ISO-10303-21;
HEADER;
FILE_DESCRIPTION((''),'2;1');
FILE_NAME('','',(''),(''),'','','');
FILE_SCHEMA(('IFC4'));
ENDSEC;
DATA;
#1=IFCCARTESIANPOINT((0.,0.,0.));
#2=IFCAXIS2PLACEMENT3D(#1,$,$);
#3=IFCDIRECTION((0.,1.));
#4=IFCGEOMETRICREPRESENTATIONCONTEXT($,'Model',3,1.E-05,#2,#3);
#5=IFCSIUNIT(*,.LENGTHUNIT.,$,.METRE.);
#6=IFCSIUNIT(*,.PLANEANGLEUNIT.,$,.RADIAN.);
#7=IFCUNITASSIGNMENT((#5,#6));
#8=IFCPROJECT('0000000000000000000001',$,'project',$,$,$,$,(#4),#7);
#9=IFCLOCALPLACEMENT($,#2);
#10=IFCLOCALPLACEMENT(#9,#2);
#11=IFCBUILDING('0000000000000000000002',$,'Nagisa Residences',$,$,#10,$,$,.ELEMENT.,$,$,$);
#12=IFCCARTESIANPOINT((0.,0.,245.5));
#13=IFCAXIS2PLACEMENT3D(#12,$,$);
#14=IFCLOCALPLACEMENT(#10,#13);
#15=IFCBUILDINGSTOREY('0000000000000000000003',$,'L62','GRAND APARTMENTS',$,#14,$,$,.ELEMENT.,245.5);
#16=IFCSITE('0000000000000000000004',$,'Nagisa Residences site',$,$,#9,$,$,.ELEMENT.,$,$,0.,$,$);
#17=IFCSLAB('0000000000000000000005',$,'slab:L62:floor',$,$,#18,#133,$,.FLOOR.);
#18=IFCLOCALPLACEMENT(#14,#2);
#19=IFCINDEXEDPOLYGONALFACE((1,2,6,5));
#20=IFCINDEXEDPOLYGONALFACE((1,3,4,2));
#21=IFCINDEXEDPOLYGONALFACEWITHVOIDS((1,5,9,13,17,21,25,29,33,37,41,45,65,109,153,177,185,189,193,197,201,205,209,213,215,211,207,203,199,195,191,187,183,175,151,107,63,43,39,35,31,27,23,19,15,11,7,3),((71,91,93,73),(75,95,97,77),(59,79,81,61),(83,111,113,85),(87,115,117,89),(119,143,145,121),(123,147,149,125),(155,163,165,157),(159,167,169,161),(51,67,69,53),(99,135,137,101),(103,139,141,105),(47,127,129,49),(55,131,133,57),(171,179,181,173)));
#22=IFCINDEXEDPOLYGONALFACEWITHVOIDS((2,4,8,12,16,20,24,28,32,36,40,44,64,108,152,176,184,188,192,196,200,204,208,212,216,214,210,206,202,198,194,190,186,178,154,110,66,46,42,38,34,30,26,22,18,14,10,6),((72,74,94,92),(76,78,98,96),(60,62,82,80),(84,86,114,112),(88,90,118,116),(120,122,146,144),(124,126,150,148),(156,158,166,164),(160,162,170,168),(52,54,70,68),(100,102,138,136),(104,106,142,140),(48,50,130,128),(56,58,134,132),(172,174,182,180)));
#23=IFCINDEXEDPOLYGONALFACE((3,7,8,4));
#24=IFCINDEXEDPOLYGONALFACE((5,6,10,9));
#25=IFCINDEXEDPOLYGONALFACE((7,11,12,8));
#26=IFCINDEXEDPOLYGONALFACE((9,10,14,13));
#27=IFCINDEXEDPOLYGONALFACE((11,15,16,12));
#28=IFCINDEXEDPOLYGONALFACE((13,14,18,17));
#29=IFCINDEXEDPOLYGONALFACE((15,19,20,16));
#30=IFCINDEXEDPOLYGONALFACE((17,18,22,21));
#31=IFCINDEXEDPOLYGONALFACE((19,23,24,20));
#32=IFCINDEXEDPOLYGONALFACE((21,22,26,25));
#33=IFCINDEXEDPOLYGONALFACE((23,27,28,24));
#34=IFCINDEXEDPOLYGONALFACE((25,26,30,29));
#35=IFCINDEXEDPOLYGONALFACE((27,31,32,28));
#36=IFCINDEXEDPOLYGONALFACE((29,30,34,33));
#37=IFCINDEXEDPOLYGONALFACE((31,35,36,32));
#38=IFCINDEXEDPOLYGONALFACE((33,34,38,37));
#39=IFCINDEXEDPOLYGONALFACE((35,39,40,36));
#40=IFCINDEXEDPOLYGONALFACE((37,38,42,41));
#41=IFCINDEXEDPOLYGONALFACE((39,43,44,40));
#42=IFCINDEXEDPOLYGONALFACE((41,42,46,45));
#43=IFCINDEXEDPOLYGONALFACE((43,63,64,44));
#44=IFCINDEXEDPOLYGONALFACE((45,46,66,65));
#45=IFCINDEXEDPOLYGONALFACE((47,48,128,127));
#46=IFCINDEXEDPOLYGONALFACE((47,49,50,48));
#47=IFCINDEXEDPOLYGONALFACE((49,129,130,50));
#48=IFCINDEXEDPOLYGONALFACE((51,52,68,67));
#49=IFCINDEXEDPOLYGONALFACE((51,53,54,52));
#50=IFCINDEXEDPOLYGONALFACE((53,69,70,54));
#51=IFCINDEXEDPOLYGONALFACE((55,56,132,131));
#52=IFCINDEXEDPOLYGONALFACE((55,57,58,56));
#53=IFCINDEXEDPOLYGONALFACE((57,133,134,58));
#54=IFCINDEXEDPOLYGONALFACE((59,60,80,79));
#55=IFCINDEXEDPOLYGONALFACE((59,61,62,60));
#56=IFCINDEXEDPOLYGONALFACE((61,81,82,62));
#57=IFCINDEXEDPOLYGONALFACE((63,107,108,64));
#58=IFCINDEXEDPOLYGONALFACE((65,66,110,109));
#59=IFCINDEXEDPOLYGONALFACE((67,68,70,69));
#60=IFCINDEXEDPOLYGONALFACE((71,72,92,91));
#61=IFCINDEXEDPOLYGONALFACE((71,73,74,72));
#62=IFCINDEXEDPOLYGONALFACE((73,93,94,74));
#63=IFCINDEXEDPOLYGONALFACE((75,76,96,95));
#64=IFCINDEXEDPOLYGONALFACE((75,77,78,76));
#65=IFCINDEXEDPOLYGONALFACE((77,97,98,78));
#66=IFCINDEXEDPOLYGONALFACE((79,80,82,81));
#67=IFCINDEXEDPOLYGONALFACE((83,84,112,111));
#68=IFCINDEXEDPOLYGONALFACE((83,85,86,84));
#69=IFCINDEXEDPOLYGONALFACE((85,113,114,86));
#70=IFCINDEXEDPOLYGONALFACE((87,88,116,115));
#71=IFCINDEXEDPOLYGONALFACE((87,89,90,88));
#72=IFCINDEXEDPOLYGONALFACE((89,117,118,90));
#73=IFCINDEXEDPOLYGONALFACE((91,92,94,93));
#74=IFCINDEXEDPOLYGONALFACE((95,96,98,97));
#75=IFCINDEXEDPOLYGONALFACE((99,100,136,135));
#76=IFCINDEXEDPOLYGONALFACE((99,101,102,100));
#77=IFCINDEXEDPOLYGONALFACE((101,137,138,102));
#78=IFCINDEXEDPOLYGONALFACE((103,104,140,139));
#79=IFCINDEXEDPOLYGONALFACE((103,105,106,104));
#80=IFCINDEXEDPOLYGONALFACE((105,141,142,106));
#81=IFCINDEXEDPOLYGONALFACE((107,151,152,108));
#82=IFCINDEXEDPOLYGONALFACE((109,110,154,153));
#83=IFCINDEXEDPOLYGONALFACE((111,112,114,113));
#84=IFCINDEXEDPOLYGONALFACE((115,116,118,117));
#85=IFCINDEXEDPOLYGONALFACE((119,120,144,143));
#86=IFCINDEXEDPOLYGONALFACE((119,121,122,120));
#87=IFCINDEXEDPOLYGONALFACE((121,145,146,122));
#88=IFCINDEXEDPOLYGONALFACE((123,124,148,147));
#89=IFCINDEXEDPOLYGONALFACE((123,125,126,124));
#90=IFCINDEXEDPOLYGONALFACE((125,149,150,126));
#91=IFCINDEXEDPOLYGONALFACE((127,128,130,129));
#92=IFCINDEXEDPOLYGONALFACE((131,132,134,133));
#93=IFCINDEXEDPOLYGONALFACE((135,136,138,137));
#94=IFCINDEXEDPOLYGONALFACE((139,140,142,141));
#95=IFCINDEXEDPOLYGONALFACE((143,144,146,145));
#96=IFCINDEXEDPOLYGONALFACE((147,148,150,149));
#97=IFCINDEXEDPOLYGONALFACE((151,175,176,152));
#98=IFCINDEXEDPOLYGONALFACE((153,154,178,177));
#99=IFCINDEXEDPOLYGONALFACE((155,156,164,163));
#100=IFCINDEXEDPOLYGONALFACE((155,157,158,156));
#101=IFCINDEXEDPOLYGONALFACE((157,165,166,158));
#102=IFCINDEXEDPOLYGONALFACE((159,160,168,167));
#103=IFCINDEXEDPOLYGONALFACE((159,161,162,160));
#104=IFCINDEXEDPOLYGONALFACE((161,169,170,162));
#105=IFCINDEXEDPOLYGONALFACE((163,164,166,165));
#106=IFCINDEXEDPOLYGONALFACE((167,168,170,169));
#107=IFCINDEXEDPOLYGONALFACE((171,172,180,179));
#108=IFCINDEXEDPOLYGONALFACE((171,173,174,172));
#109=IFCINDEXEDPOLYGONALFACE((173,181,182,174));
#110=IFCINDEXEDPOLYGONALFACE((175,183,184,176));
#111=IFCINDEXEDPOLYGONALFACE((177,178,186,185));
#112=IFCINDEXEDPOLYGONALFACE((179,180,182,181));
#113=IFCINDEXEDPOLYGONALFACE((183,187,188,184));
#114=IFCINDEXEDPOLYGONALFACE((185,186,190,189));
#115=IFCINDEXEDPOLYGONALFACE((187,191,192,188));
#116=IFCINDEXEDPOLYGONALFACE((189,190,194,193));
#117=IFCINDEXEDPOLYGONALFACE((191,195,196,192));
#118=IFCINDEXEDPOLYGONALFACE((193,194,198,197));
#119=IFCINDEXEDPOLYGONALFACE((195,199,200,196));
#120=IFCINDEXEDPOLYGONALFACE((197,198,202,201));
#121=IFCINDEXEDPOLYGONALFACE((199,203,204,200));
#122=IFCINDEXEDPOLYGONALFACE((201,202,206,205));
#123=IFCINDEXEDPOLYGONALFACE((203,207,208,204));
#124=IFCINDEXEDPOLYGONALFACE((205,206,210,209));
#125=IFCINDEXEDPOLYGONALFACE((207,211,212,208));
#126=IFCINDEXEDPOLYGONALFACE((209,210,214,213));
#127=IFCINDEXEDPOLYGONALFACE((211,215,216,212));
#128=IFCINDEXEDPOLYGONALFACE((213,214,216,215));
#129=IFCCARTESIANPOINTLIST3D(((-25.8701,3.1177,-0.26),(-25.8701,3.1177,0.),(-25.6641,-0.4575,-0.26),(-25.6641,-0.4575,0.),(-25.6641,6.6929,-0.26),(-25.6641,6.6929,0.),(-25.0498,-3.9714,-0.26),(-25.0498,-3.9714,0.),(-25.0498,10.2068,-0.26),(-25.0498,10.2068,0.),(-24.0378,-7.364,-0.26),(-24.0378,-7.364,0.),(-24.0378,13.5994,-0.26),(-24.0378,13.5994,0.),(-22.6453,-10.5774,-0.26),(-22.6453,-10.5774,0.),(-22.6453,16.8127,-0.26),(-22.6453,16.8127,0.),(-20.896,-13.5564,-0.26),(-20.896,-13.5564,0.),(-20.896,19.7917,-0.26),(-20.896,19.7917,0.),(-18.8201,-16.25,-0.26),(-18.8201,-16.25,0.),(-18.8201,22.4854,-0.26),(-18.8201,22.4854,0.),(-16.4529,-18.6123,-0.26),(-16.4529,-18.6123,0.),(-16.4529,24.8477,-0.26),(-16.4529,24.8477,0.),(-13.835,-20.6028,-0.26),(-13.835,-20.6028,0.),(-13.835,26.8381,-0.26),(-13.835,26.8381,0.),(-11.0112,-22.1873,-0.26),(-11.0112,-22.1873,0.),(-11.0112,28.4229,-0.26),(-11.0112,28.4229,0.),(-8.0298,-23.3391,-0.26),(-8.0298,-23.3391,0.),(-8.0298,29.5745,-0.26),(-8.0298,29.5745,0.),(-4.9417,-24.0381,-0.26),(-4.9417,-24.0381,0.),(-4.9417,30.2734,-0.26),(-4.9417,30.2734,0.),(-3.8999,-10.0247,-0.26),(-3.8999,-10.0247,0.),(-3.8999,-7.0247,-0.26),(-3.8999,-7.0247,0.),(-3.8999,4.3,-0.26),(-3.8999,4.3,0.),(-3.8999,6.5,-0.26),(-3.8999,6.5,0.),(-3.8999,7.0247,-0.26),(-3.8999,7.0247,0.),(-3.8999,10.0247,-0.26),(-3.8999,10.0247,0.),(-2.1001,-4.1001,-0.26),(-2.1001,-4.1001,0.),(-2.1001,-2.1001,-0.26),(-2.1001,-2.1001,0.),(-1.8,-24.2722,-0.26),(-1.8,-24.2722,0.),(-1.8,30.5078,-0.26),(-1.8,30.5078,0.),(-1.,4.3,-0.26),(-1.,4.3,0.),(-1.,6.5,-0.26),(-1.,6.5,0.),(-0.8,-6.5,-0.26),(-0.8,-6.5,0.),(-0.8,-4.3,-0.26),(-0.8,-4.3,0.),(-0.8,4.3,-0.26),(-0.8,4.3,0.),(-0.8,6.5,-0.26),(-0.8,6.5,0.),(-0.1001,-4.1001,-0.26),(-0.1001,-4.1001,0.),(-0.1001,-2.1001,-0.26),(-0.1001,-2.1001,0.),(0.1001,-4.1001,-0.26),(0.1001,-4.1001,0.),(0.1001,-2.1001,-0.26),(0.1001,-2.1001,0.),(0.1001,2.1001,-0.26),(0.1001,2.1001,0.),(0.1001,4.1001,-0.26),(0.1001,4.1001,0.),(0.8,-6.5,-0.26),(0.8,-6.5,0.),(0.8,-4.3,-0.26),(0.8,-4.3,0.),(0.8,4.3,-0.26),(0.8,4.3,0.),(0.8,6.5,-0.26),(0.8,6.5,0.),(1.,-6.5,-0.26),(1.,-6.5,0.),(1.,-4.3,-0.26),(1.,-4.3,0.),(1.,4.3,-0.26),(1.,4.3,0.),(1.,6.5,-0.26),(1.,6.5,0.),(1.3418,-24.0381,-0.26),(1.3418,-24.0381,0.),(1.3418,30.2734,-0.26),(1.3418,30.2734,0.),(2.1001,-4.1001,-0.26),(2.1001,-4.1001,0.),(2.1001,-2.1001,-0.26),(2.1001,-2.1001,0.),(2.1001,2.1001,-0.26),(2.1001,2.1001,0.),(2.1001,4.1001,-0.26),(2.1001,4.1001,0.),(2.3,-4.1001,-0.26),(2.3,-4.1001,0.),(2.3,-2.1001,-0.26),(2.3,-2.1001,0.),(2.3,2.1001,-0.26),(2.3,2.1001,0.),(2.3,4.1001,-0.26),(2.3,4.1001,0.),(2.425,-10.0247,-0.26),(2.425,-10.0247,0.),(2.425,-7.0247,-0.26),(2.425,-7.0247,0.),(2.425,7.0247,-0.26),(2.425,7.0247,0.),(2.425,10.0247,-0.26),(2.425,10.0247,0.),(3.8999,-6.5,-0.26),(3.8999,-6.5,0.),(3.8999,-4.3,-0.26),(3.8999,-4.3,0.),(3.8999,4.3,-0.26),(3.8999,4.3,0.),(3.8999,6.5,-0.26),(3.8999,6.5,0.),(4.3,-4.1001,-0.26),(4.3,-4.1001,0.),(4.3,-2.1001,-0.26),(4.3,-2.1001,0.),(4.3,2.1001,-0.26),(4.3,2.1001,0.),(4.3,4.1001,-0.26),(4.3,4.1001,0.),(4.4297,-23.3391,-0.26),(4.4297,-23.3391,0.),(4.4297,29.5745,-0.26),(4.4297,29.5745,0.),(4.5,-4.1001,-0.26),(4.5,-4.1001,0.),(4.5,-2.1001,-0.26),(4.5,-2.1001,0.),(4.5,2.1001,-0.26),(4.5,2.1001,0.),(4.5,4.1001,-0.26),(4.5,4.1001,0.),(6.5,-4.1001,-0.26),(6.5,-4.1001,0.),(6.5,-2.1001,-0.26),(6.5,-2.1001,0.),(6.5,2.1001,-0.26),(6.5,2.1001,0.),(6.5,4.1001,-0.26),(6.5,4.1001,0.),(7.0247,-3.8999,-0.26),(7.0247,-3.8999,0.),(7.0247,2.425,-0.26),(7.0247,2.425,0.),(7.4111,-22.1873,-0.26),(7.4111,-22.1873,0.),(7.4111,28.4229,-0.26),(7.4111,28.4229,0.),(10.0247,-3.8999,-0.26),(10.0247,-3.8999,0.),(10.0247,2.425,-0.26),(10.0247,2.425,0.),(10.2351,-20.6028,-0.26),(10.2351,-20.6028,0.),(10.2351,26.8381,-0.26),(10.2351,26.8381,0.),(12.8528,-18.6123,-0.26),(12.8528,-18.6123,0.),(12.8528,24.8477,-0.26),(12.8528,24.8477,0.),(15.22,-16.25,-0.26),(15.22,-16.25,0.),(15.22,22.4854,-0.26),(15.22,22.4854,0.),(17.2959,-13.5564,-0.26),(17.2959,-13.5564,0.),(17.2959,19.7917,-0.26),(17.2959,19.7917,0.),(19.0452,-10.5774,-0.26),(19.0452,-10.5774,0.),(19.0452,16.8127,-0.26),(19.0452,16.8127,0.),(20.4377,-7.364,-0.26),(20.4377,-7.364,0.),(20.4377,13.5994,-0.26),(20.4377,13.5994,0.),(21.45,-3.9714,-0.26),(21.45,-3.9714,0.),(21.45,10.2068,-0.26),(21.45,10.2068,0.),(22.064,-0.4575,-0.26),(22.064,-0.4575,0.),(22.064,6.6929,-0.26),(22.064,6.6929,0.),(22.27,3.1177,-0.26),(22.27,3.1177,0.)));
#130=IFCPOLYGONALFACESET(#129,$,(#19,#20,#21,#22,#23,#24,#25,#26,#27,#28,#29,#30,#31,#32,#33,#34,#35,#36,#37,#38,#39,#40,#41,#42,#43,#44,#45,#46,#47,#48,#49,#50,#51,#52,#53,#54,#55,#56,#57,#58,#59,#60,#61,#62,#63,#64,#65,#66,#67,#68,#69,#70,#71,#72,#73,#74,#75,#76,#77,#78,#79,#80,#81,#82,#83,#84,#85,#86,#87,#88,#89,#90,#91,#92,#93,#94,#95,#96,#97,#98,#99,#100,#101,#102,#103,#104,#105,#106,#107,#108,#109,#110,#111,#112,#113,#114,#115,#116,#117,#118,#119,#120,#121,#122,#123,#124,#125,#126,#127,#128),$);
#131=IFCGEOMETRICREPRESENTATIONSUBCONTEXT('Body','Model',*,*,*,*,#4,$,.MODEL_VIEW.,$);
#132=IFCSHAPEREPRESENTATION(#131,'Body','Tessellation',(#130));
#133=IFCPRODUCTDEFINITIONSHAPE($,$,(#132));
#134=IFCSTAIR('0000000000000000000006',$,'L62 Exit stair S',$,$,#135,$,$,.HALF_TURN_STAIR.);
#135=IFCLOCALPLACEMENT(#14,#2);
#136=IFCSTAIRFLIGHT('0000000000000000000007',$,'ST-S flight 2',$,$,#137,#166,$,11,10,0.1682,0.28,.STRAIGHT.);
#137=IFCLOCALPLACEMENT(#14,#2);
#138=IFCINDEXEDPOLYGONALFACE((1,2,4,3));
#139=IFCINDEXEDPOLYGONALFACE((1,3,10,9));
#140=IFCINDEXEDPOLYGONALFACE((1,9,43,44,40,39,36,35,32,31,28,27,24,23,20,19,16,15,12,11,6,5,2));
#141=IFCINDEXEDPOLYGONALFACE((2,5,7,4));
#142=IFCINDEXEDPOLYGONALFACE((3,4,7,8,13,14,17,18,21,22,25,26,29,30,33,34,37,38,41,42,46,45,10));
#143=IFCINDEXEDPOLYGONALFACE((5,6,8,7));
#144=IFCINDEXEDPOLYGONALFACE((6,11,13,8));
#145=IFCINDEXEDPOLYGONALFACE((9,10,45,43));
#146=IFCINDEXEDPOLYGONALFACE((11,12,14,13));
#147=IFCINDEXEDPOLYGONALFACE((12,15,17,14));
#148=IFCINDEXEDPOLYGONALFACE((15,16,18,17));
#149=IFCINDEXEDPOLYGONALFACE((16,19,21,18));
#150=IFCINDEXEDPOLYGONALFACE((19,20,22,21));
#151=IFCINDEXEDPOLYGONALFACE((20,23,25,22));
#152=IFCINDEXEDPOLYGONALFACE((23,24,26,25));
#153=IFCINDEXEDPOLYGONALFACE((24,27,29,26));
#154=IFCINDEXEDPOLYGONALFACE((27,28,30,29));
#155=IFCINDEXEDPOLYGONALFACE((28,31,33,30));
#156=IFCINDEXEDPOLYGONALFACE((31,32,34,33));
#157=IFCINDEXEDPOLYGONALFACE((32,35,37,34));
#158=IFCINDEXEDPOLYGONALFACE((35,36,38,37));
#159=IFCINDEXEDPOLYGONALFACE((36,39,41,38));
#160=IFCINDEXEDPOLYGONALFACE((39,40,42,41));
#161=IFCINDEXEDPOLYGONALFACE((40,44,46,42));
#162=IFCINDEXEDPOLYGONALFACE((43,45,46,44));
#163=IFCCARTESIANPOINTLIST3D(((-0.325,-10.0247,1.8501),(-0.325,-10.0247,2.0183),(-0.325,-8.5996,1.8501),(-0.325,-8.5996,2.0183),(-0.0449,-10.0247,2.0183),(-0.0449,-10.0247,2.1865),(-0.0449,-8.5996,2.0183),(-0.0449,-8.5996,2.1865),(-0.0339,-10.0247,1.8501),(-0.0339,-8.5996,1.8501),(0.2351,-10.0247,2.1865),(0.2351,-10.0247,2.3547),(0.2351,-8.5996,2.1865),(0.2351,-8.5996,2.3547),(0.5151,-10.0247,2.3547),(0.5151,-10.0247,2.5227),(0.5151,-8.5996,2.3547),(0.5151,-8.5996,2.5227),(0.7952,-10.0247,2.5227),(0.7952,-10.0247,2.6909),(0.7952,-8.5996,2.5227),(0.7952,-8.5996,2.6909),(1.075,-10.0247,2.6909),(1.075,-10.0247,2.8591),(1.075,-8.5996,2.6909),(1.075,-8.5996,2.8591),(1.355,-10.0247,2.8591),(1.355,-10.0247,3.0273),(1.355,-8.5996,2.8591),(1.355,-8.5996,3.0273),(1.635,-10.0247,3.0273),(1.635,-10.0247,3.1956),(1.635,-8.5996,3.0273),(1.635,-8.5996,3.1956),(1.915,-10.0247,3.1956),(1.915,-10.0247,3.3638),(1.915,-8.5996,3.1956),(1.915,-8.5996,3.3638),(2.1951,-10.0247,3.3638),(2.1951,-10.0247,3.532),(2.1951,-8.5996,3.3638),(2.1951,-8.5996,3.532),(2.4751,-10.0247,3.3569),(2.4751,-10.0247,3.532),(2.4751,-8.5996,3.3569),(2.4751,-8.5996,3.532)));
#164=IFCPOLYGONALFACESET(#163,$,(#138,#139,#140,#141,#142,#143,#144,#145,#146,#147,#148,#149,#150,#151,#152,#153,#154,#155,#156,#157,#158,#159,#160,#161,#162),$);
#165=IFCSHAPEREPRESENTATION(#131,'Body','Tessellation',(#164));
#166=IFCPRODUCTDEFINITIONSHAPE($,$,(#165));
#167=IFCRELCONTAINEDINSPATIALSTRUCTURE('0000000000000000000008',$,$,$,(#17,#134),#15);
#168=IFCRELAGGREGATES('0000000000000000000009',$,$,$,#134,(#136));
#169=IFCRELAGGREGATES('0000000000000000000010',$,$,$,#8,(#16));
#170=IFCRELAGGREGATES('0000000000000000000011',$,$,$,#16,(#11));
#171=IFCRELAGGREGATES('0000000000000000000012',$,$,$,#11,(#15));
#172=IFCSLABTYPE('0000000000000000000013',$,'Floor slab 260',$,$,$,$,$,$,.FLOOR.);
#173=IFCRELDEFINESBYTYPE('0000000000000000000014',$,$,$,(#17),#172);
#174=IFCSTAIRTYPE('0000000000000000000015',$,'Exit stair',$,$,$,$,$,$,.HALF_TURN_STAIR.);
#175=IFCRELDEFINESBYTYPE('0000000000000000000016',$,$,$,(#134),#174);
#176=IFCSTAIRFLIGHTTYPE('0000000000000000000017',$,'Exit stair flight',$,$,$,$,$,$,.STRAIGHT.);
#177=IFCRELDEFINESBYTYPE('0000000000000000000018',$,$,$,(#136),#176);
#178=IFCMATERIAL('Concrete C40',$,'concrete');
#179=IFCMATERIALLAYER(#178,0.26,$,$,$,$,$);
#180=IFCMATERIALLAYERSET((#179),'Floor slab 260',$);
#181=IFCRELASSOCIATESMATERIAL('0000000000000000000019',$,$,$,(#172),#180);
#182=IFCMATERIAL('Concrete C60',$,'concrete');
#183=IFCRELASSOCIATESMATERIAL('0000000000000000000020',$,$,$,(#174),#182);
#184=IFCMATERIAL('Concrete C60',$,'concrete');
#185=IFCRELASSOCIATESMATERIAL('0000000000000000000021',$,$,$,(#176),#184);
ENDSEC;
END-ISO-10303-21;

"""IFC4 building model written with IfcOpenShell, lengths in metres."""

from ifc_helpers import new_model, si_unit, direction, frame, origin, place, context, subcontext, project, spatial, polyline, outline, extrude, material, layer, layer_set, type_object, element, aggregate, save


model = new_model("IFC4")

# Units and contexts
model_context = context("Model", 3, precision=1e-05, world=origin(), true_north=direction((0.0, 1.0)))
body_context = subcontext(model_context, "Body", "Model", "MODEL_VIEW")
ifc_project = project(units=[si_unit("LENGTHUNIT", "METRE"), si_unit("PLANEANGLEUNIT", "RADIAN")], contexts=[model_context])

# Site, building, storey
site_placement = place(None, origin())
site = spatial("IfcSite", under=ifc_project, at=site_placement, Name="Nagisa Residences site", CompositionType="ELEMENT", RefElevation=0.0)
building_placement = place(site_placement, origin())
building = spatial("IfcBuilding", under=site, at=building_placement, Name="Nagisa Residences", CompositionType="ELEMENT")
storey_placement = place(building_placement, frame((0.0, 0.0, 245.5)))
storey = spatial("IfcBuildingStorey", under=building, at=storey_placement, Name="L62", Description="GRAND APARTMENTS", CompositionType="ELEMENT", Elevation=245.5)

# Slab
ifc_material_1 = material(Name="Concrete C40", Category="concrete")
ifc_layer_1 = layer(ifc_material_1, 0.26)
ifc_layer_set_1 = layer_set([ifc_layer_1], Name="Floor slab 260")
slab_type_1 = type_object("IfcSlabType", Name="Floor slab 260", PredefinedType="FLOOR", material=ifc_layer_set_1)
slab_1_placement = place(storey_placement, frame((0.0, 0.0, -0.26)))
element("IfcSlab", 1, at=slab_1_placement, inside=storey, type_object=slab_type_1, Name="slab:L62:floor", PredefinedType="FLOOR", context=body_context, shape_type="SweptSolid", body=[
    extrude(outline(polyline([(22.27, 3.1177), (22.064, 6.6929), (21.45, 10.2068), (20.4377, 13.5994), (19.0452, 16.8127), (17.2959, 19.7917), (15.22, 22.4854), (12.8528, 24.8477), (10.2351, 26.8381), (7.4111, 28.4229), (4.4297, 29.5745), (1.3418, 30.2734), (-1.8, 30.5078), (-4.9417, 30.2734), (-8.0298, 29.5745), (-11.0112, 28.4229), (-13.835, 26.8381), (-16.4529, 24.8477), (-18.8201, 22.4854), (-20.896, 19.7917), (-22.6453, 16.8127), (-24.0378, 13.5994), (-25.0498, 10.2068), (-25.6641, 6.6929), (-25.8701, 3.1177), (-25.6641, -0.4575), (-25.0498, -3.9714), (-24.0378, -7.364), (-22.6453, -10.5774), (-20.896, -13.5564), (-18.8201, -16.25), (-16.4529, -18.6123), (-13.835, -20.6028), (-11.0112, -22.1873), (-8.0298, -23.3391), (-4.9417, -24.0381), (-1.8, -24.2722), (1.3418, -24.0381), (4.4297, -23.3391), (7.4111, -22.1873), (10.2351, -20.6028), (12.8528, -18.6123), (15.22, -16.25), (17.2959, -13.5564), (19.0452, -10.5774), (20.4377, -7.364), (21.45, -3.9714), (22.064, -0.4575), (22.27, 3.1177)]), holes=[polyline([(2.1001, 2.1001), (2.1001, 4.1001), (0.1001, 4.1001), (0.1001, 2.1001), (2.1001, 2.1001)]), polyline([(4.3, 2.1001), (4.3, 4.1001), (2.3, 4.1001), (2.3, 2.1001), (4.3, 2.1001)]), polyline([(6.5, 2.1001), (6.5, 4.1001), (4.5, 4.1001), (4.5, 2.1001), (6.5, 2.1001)]), polyline([(-0.1001, -4.1001), (-0.1001, -2.1001), (-2.1001, -2.1001), (-2.1001, -4.1001), (-0.1001, -4.1001)]), polyline([(2.1001, -4.1001), (2.1001, -2.1001), (0.1001, -2.1001), (0.1001, -4.1001), (2.1001, -4.1001)]), polyline([(4.3, -4.1001), (4.3, -2.1001), (2.3, -2.1001), (2.3, -4.1001), (4.3, -4.1001)]), polyline([(6.5, -4.1001), (6.5, -2.1001), (4.5, -2.1001), (4.5, -4.1001), (6.5, -4.1001)]), polyline([(3.8999, 4.3), (3.8999, 6.5), (1.0, 6.5), (1.0, 4.3), (3.8999, 4.3)]), polyline([(3.8999, -6.5), (3.8999, -4.3), (1.0, -4.3), (1.0, -6.5), (3.8999, -6.5)]), polyline([(-1.0, 4.3), (-1.0, 6.5), (-3.8999, 6.5), (-3.8999, 4.3), (-1.0, 4.3)]), polyline([(0.8, 4.3), (0.8, 6.5), (-0.8, 6.5), (-0.8, 4.3), (0.8, 4.3)]), polyline([(0.8, -6.5), (0.8, -4.3), (-0.8, -4.3), (-0.8, -6.5), (0.8, -6.5)]), polyline([(10.0247, -3.8999), (7.0247, -3.8999), (7.0247, 2.425), (10.0247, 2.425), (10.0247, -3.8999)]), polyline([(-3.8999, 7.0247), (-3.8999, 10.0247), (2.425, 10.0247), (2.425, 7.0247), (-3.8999, 7.0247)]), polyline([(-3.8999, -10.0247), (-3.8999, -7.0247), (2.425, -7.0247), (2.425, -10.0247), (-3.8999, -10.0247)])]), origin(), (0.0, 0.0, 1.0), 0.26),
])

# Stair, stair flight
ifc_material_2 = material(Name="Concrete C60", Category="concrete")
stair_type = type_object("IfcStairType", Name="Exit stair", PredefinedType="HALF_TURN_STAIR", material=ifc_material_2)
stair_placement = place(storey_placement, origin())
stair = element("IfcStair", 2, at=stair_placement, inside=storey, type_object=stair_type, Name="L62 Exit stair S", PredefinedType="HALF_TURN_STAIR")
ifc_material_3 = material(Name="Concrete C60", Category="concrete")
stair_flight_type = type_object("IfcStairFlightType", Name="Exit stair flight", PredefinedType="STRAIGHT", material=ifc_material_3)
stair_flight_placement = place(storey_placement, frame((-0.325, -9.312, 1.8501), z_axis=(0.0, 0.0, 1.0), x_axis=(1.0, 0.0, 0.0)))
stair_flight = element("IfcStairFlight", 3, at=stair_flight_placement, type_object=stair_flight_type, Name="ST-S flight 2", NumberOfRisers=11, NumberOfTreads=10, PredefinedType="STRAIGHT", RiserHeight=0.1682, TreadLength=0.28, context=body_context, shape_type="SweptSolid", body=[
    extrude(outline(polyline([(0.0, 0.0), (0.0, 0.1682), (0.28, 0.1682), (0.28, 0.3364), (0.5601, 0.3364), (0.5601, 0.5046), (0.8401, 0.5046), (0.8401, 0.6726), (1.1201, 0.6726), (1.1201, 0.8408), (1.3999, 0.8408), (1.3999, 1.009), (1.6799, 1.009), (1.6799, 1.1772), (1.96, 1.1772), (1.96, 1.3455), (2.24, 1.3455), (2.24, 1.5137), (2.52, 1.5137), (2.52, 1.6819), (2.8, 1.6819), (2.8, 1.8501), (2.8, 1.5068), (0.291, 0.0), (0.0, 0.0)])), frame((0.0, 0.7124, 0.0), z_axis=(0.0, -1.0, 0.0), x_axis=(1.0, 0.0, 0.0)), (0.0, 0.0, 1.0), 1.425),
])
aggregate(stair, [stair_flight])

save(model, "model.ifc")
